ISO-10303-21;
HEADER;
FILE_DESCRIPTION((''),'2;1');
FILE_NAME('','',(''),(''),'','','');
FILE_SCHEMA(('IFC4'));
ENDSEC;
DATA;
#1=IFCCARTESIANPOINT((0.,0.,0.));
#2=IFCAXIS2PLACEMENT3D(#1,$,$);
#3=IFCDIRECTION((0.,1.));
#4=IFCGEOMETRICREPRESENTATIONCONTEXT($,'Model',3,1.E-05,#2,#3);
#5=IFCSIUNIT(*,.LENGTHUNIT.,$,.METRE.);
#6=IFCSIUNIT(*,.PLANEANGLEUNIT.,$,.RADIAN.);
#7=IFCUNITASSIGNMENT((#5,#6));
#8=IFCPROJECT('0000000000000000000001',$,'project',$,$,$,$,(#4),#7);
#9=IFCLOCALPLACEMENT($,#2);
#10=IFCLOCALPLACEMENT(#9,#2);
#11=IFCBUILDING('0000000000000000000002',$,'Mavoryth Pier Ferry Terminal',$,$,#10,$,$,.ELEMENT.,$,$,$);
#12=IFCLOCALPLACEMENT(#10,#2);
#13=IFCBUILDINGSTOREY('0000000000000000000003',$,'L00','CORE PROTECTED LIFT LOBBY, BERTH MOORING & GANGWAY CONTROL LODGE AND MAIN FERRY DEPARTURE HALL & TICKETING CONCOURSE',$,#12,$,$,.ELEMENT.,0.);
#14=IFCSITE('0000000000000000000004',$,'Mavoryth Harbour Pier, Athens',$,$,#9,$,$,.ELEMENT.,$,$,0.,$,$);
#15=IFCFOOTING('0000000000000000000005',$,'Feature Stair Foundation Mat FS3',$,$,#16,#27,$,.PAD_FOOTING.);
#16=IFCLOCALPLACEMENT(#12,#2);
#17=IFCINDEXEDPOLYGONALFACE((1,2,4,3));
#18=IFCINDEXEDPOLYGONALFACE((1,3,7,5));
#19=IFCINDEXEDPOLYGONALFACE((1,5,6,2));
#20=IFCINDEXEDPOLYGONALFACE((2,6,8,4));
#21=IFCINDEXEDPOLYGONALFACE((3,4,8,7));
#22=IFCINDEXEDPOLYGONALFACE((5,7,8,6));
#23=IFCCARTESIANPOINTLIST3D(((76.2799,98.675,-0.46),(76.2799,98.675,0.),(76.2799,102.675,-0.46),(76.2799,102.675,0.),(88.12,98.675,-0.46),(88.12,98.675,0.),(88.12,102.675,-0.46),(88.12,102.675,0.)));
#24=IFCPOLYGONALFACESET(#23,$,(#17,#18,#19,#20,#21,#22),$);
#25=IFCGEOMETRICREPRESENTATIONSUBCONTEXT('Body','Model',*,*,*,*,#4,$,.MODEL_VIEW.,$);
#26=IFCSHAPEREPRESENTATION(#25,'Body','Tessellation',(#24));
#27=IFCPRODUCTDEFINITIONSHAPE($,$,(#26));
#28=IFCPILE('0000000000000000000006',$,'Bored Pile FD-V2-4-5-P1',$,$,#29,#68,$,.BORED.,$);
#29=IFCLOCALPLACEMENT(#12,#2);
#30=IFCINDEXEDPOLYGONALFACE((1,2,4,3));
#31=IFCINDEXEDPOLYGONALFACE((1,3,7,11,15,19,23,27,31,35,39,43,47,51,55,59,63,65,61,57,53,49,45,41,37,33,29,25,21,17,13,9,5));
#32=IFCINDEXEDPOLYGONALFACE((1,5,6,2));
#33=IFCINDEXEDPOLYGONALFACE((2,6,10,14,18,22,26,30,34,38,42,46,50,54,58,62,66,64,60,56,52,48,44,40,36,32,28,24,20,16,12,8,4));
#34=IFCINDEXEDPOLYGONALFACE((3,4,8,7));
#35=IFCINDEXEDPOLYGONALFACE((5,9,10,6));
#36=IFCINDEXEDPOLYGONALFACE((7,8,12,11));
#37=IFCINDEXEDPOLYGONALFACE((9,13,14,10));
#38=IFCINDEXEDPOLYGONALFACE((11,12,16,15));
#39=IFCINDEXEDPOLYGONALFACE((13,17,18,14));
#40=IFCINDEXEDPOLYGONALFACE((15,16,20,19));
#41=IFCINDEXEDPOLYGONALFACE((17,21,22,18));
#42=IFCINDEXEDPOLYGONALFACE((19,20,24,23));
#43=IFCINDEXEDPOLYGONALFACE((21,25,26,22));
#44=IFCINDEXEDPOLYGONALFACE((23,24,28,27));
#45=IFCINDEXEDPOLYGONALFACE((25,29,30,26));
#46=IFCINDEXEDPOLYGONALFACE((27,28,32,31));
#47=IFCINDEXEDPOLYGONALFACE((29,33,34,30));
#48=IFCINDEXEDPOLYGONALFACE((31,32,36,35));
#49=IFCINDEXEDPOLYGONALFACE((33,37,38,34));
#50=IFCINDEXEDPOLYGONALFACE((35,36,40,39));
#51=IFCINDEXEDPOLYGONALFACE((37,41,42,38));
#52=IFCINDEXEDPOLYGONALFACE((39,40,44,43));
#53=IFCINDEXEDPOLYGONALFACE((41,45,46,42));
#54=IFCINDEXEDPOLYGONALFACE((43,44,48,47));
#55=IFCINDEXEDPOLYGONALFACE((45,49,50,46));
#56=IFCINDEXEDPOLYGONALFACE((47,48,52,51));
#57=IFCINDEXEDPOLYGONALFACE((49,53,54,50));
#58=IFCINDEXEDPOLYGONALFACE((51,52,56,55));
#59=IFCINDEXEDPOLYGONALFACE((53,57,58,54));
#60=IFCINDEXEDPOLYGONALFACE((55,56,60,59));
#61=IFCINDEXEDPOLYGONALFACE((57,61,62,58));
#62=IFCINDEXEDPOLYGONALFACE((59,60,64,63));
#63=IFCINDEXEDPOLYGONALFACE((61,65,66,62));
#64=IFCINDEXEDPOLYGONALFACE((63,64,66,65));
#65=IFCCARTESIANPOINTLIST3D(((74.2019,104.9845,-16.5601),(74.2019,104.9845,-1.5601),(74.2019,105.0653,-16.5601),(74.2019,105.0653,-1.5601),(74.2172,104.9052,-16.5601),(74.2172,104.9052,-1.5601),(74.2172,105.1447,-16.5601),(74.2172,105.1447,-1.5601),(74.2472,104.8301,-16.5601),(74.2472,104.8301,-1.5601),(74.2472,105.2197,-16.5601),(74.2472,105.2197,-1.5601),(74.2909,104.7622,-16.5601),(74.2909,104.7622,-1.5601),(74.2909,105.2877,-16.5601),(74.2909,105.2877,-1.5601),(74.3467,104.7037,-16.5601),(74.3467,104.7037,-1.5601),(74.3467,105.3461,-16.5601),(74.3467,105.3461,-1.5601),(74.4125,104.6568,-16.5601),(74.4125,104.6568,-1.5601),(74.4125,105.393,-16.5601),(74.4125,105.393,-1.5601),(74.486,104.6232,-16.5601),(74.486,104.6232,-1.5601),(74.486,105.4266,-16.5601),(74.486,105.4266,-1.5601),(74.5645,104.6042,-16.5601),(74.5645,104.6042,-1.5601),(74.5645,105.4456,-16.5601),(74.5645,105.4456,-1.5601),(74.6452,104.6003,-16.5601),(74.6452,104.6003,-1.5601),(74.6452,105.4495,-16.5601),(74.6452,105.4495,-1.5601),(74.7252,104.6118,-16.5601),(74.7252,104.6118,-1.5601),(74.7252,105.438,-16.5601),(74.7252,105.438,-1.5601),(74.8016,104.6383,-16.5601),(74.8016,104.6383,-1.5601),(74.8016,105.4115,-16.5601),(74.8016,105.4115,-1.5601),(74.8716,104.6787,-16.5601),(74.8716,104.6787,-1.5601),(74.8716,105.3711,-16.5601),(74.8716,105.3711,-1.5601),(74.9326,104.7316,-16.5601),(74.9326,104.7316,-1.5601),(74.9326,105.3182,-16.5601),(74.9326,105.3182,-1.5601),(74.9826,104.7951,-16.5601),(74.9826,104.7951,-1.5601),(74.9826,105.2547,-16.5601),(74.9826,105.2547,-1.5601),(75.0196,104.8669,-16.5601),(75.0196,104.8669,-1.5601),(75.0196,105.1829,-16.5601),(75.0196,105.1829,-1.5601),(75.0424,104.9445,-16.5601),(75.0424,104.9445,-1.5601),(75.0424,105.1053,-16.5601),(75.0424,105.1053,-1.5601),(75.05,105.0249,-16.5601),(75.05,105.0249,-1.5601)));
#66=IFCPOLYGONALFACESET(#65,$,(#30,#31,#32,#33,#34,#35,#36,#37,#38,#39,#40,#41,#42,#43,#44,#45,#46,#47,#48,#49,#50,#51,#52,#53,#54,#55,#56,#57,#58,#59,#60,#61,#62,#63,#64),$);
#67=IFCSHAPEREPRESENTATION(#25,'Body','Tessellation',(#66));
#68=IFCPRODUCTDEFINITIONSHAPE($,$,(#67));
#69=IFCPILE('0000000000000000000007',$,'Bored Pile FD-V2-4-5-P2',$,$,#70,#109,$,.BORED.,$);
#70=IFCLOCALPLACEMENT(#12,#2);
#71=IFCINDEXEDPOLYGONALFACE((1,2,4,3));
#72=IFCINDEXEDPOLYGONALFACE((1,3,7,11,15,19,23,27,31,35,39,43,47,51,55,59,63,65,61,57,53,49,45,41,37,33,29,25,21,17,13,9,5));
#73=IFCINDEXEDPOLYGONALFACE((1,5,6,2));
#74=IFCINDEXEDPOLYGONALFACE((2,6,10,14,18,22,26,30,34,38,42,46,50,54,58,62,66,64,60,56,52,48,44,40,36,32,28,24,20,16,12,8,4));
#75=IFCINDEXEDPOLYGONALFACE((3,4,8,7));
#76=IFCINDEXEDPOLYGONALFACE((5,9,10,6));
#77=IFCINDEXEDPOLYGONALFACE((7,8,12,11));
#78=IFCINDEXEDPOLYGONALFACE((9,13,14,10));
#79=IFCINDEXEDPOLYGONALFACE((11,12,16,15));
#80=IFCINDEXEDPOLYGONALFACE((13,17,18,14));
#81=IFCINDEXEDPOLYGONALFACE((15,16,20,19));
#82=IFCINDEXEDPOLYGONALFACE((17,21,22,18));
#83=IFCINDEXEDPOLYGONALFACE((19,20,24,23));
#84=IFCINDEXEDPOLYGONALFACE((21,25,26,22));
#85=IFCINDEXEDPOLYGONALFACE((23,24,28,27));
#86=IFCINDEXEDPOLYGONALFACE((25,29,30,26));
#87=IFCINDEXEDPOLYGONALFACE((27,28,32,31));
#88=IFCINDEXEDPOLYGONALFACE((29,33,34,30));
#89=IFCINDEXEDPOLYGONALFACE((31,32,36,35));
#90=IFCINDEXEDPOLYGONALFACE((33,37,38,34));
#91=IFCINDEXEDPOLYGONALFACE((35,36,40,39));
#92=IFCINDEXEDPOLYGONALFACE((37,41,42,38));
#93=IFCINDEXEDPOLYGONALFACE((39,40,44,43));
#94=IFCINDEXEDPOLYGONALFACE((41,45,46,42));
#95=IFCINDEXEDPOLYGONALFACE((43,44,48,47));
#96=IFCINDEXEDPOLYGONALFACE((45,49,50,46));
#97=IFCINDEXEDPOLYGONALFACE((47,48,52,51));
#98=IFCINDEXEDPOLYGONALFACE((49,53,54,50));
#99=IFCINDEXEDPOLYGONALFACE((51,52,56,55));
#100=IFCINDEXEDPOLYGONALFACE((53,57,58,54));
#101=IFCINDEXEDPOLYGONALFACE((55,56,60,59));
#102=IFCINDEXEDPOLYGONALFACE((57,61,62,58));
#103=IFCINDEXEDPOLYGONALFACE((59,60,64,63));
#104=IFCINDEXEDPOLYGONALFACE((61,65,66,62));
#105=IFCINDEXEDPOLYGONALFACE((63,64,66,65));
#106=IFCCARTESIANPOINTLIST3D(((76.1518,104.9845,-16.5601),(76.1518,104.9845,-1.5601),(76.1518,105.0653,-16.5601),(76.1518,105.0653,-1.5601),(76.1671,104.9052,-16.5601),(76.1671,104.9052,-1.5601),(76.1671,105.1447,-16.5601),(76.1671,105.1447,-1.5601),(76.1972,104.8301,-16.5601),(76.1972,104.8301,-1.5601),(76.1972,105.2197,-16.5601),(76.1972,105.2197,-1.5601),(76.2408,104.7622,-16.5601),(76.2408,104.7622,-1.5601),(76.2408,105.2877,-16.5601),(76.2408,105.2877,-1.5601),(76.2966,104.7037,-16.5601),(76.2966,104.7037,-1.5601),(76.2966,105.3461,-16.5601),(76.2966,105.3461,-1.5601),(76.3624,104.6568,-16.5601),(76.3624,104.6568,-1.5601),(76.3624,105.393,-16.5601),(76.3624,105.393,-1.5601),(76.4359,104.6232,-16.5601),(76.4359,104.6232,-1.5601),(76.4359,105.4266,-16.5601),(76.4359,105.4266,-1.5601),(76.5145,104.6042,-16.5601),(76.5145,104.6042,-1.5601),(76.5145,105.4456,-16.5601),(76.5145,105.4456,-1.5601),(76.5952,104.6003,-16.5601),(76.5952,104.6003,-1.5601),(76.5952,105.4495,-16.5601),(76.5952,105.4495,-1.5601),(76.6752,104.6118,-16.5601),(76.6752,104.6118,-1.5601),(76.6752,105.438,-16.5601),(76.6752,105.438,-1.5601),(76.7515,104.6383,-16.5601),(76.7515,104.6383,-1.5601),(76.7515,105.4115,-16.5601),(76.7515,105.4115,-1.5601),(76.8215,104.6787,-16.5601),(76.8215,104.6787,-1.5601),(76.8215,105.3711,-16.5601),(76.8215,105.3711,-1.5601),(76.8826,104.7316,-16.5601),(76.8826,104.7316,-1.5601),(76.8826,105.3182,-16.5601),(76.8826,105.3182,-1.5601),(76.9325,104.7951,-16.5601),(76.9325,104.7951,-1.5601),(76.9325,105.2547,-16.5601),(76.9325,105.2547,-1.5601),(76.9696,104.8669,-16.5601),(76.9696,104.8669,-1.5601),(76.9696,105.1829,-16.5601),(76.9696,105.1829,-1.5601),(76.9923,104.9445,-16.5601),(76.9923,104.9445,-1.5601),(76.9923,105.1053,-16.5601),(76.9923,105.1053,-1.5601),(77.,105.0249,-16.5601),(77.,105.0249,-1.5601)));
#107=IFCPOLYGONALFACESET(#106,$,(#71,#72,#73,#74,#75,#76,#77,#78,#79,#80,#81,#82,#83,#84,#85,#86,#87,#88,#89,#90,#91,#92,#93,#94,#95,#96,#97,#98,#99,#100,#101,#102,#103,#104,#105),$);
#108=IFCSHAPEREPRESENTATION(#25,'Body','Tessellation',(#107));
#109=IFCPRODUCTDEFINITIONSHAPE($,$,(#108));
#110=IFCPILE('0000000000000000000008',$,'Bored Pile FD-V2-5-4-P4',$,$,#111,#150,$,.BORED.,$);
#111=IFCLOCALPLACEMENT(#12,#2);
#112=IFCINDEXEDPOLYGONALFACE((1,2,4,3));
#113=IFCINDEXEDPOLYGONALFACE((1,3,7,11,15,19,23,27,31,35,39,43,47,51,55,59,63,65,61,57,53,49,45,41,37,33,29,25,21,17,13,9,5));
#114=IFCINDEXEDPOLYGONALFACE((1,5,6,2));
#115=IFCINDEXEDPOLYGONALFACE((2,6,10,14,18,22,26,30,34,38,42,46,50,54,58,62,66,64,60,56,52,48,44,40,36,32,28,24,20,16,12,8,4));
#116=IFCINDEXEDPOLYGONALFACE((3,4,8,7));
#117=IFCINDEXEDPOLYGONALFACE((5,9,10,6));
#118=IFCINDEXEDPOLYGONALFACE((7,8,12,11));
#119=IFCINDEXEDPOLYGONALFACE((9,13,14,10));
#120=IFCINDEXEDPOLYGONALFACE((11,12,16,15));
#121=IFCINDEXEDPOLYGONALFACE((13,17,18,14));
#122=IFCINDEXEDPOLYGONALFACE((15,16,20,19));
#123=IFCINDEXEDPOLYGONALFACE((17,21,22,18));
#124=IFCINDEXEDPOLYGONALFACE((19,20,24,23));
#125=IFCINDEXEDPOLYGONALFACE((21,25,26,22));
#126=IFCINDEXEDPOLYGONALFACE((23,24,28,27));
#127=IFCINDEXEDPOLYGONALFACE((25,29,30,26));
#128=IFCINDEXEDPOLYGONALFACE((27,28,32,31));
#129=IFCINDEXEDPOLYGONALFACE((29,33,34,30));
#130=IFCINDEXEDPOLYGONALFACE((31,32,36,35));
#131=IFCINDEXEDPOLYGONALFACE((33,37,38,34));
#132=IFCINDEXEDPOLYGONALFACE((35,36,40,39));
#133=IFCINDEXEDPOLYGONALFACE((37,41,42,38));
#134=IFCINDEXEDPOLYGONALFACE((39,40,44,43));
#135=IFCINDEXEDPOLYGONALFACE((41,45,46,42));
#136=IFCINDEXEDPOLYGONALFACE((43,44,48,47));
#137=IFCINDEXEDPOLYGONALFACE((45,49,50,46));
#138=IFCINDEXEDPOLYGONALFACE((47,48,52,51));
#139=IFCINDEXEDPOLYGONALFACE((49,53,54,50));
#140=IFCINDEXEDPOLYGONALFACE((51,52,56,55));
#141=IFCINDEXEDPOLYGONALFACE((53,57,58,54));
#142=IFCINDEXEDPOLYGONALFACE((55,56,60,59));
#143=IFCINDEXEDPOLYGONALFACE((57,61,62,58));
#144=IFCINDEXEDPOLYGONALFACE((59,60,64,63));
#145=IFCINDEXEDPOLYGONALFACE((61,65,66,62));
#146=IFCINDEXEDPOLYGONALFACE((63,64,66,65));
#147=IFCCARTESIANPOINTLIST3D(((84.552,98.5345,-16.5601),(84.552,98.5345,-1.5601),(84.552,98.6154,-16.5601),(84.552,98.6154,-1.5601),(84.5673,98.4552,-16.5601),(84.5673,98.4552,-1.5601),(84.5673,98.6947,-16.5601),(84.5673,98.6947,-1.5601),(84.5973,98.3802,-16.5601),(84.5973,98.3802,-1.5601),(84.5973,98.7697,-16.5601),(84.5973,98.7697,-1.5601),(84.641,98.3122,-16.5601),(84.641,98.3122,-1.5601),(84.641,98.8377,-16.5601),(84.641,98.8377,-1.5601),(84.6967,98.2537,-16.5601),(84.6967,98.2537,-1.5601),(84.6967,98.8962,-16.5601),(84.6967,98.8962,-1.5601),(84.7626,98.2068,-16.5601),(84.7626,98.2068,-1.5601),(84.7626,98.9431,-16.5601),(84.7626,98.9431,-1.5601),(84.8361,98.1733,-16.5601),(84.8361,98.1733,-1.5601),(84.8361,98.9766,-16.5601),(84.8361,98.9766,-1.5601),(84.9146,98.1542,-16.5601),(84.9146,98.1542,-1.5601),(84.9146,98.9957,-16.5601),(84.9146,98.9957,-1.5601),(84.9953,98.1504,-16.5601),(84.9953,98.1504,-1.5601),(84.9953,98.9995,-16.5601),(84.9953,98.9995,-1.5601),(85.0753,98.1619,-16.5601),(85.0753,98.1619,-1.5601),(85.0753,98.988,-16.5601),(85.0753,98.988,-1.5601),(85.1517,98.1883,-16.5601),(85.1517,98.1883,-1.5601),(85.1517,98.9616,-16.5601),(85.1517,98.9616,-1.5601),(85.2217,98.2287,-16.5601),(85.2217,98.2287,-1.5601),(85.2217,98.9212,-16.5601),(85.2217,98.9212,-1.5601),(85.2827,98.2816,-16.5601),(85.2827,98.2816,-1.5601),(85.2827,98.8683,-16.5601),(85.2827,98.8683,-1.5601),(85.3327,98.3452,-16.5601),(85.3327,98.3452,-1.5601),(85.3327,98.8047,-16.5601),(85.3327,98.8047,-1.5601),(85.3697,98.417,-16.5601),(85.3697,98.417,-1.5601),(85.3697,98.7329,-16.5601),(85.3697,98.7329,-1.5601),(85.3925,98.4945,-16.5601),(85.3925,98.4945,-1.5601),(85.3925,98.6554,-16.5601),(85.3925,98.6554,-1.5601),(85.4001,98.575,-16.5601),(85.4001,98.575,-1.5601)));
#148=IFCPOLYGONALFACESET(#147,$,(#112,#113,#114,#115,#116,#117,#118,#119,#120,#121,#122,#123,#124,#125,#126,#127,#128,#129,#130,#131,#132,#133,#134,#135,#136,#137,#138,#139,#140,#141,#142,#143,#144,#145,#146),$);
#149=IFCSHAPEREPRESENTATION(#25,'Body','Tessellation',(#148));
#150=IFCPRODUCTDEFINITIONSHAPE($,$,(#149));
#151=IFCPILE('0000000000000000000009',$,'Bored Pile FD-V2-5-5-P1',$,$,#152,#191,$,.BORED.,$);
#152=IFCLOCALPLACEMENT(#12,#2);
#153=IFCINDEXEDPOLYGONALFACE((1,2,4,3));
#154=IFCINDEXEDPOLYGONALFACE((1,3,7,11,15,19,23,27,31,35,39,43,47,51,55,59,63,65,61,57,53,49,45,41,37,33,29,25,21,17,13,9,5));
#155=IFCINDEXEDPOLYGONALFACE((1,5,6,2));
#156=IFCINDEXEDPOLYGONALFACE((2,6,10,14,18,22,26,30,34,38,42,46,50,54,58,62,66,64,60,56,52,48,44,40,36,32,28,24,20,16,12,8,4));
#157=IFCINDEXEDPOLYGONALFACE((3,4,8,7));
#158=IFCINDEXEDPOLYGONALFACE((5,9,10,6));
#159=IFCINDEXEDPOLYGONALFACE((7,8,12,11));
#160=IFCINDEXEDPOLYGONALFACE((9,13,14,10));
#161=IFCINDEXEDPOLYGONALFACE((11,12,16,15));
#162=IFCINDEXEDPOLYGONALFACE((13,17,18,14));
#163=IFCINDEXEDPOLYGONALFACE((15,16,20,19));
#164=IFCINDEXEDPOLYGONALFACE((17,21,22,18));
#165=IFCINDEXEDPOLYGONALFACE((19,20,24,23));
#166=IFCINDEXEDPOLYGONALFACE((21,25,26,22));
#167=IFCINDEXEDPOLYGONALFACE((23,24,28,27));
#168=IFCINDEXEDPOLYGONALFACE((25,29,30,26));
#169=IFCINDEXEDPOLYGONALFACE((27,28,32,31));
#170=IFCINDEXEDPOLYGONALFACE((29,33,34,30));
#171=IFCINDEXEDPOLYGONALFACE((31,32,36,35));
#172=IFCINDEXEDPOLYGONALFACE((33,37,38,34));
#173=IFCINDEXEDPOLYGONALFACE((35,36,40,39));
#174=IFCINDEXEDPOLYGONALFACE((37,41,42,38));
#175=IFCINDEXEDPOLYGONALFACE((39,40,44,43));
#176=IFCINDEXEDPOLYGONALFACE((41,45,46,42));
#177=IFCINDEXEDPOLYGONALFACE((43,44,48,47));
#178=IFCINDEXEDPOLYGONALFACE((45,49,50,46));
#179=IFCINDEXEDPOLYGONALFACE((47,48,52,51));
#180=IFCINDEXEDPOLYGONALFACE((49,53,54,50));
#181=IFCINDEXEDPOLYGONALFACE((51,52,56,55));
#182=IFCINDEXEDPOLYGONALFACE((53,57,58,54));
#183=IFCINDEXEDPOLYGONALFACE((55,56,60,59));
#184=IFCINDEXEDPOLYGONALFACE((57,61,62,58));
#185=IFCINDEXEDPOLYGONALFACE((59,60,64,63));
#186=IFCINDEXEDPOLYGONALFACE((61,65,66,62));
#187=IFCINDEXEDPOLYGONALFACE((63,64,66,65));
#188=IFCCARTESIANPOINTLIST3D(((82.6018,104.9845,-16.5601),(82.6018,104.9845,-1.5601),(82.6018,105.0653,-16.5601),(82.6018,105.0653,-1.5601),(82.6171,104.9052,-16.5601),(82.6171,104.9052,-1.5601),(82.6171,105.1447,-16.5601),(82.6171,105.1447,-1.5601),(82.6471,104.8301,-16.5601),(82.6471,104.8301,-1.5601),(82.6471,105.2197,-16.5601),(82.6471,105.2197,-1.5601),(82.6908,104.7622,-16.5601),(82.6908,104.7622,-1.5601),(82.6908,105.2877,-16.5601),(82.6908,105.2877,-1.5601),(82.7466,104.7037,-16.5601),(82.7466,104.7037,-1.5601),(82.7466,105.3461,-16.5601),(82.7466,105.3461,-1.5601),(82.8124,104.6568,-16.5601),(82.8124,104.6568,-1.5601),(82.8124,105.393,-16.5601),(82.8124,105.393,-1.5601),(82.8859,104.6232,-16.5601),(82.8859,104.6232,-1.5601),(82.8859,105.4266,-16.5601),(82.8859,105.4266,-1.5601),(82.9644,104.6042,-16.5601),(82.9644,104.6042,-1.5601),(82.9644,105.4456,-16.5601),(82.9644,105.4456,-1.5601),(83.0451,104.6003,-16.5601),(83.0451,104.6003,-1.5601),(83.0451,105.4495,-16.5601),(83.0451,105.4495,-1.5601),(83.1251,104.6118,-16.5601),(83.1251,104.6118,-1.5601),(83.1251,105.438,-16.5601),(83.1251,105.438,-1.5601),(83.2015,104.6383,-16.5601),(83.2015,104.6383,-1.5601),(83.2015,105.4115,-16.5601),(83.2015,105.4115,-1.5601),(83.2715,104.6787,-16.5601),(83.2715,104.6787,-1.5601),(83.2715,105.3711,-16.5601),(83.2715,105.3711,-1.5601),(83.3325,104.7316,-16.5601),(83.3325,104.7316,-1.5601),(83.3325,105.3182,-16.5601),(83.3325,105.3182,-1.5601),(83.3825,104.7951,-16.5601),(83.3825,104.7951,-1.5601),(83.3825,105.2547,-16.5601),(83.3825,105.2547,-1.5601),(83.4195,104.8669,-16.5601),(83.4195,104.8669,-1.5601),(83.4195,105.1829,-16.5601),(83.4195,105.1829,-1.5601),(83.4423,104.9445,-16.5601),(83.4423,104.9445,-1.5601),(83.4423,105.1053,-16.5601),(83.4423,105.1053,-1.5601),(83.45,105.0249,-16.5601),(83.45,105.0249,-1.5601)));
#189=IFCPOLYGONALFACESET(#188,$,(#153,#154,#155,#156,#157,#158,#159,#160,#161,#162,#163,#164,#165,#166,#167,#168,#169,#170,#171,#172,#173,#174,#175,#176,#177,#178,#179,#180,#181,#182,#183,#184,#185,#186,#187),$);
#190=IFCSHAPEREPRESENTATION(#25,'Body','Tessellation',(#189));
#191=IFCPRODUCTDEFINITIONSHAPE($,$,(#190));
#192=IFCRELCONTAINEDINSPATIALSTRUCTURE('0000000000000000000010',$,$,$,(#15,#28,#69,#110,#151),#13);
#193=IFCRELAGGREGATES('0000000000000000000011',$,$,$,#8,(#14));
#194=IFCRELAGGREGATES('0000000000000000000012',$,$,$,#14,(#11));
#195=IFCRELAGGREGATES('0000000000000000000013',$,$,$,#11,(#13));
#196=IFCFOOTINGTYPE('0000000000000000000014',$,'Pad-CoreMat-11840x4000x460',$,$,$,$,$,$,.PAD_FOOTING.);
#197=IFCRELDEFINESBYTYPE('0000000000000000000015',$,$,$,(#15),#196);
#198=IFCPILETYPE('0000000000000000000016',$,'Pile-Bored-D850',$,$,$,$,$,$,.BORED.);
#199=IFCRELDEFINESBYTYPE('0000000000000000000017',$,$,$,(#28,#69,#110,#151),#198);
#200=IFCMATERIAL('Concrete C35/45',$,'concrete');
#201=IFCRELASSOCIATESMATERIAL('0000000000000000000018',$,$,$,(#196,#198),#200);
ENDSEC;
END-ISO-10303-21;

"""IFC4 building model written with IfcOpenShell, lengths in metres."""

from ifc_helpers import new_model, si_unit, direction, frame, origin, origin_2d, place, context, subcontext, project, spatial, rectangle, circle, extrude, material, material_profile, profile_set, type_object, element, save


model = new_model("IFC4")

# Units and contexts
model_context = context("Model", 3, precision=1e-05, world=origin(), true_north=direction((0.0, 1.0)))
body_context = subcontext(model_context, "Body", "Model", "MODEL_VIEW")
ifc_project = project(units=[si_unit("LENGTHUNIT", "METRE"), si_unit("PLANEANGLEUNIT", "RADIAN")], contexts=[model_context])

# Site, building, storey
site_placement = place(None, origin())
site = spatial("IfcSite", under=ifc_project, at=site_placement, Name="Mavoryth Harbour Pier, Athens", CompositionType="ELEMENT", RefElevation=0.0)
building_placement = place(site_placement, origin())
building = spatial("IfcBuilding", under=site, at=building_placement, Name="Mavoryth Pier Ferry Terminal", CompositionType="ELEMENT")
storey_placement = place(building_placement, origin())
storey = spatial("IfcBuildingStorey", under=building, at=storey_placement, Name="L00", Description="CORE PROTECTED LIFT LOBBY, BERTH MOORING & GANGWAY CONTROL LODGE AND MAIN FERRY DEPARTURE HALL & TICKETING CONCOURSE", CompositionType="ELEMENT", Elevation=0.0)

# Footing
ifc_material_1 = material(Name="Concrete C35/45", Category="concrete")
footing_type_1 = type_object("IfcFootingType", Name="Pad-CoreMat-11840x4000x460", PredefinedType="PAD_FOOTING", material=ifc_material_1)
footing_placement = place(storey_placement, frame((82.2, 100.675, -0.46), z_axis=(0.0, 0.0, 1.0), x_axis=(1.0, 0.0, 0.0)))
element("IfcFooting", 1, at=footing_placement, inside=storey, type_object=footing_type_1, Name="Feature Stair Foundation Mat FS3", PredefinedType="PAD_FOOTING", context=body_context, shape_type="SweptSolid", body=[
    extrude(rectangle(XDim=11.8401, YDim=4.0, at=origin_2d()), origin(), (0.0, 0.0, 1.0), 0.46),
])

# Piles
ifc_material_profile_1 = material_profile(ifc_material_1, circle(Radius=0.425, at=origin_2d()), Name="PILE D850", Category="concrete")
ifc_profile_set_1 = profile_set([ifc_material_profile_1], Name="Concrete C35/45 - PILE D850")
pile_type = type_object("IfcPileType", Name="Pile-Bored-D850", PredefinedType="BORED", material=ifc_profile_set_1)
for number, where, z_axis, x_axis, name in (
    (2, (74.625, 105.0249, -1.5601), (0.0, 0.0, -1.0), (1.0, 0.0, 0.0), "Bored Pile FD-V2-4-5-P1"),
    (3, (76.575, 105.0249, -1.5601), (0.0, 0.0, -1.0), (1.0, 0.0, 0.0), "Bored Pile FD-V2-4-5-P2"),
    (4, (84.9751, 98.575, -1.5601), (0.0, 0.0, -1.0), (1.0, 0.0, 0.0), "Bored Pile FD-V2-5-4-P4"),
    (5, (83.0249, 105.0249, -1.5601), (0.0, 0.0, -1.0), (1.0, 0.0, 0.0), "Bored Pile FD-V2-5-5-P1"),
):
    element("IfcPile", number, at=place(storey_placement, frame(where, z_axis=z_axis, x_axis=x_axis)), inside=storey, type_object=pile_type, Name=name, PredefinedType="BORED", context=body_context, shape_type="SweptSolid", body=[
        extrude(circle(Radius=0.425, at=origin_2d()), origin(), (0.0, 0.0, 1.0), 15.0),
    ])

save(model, "model.ifc")
